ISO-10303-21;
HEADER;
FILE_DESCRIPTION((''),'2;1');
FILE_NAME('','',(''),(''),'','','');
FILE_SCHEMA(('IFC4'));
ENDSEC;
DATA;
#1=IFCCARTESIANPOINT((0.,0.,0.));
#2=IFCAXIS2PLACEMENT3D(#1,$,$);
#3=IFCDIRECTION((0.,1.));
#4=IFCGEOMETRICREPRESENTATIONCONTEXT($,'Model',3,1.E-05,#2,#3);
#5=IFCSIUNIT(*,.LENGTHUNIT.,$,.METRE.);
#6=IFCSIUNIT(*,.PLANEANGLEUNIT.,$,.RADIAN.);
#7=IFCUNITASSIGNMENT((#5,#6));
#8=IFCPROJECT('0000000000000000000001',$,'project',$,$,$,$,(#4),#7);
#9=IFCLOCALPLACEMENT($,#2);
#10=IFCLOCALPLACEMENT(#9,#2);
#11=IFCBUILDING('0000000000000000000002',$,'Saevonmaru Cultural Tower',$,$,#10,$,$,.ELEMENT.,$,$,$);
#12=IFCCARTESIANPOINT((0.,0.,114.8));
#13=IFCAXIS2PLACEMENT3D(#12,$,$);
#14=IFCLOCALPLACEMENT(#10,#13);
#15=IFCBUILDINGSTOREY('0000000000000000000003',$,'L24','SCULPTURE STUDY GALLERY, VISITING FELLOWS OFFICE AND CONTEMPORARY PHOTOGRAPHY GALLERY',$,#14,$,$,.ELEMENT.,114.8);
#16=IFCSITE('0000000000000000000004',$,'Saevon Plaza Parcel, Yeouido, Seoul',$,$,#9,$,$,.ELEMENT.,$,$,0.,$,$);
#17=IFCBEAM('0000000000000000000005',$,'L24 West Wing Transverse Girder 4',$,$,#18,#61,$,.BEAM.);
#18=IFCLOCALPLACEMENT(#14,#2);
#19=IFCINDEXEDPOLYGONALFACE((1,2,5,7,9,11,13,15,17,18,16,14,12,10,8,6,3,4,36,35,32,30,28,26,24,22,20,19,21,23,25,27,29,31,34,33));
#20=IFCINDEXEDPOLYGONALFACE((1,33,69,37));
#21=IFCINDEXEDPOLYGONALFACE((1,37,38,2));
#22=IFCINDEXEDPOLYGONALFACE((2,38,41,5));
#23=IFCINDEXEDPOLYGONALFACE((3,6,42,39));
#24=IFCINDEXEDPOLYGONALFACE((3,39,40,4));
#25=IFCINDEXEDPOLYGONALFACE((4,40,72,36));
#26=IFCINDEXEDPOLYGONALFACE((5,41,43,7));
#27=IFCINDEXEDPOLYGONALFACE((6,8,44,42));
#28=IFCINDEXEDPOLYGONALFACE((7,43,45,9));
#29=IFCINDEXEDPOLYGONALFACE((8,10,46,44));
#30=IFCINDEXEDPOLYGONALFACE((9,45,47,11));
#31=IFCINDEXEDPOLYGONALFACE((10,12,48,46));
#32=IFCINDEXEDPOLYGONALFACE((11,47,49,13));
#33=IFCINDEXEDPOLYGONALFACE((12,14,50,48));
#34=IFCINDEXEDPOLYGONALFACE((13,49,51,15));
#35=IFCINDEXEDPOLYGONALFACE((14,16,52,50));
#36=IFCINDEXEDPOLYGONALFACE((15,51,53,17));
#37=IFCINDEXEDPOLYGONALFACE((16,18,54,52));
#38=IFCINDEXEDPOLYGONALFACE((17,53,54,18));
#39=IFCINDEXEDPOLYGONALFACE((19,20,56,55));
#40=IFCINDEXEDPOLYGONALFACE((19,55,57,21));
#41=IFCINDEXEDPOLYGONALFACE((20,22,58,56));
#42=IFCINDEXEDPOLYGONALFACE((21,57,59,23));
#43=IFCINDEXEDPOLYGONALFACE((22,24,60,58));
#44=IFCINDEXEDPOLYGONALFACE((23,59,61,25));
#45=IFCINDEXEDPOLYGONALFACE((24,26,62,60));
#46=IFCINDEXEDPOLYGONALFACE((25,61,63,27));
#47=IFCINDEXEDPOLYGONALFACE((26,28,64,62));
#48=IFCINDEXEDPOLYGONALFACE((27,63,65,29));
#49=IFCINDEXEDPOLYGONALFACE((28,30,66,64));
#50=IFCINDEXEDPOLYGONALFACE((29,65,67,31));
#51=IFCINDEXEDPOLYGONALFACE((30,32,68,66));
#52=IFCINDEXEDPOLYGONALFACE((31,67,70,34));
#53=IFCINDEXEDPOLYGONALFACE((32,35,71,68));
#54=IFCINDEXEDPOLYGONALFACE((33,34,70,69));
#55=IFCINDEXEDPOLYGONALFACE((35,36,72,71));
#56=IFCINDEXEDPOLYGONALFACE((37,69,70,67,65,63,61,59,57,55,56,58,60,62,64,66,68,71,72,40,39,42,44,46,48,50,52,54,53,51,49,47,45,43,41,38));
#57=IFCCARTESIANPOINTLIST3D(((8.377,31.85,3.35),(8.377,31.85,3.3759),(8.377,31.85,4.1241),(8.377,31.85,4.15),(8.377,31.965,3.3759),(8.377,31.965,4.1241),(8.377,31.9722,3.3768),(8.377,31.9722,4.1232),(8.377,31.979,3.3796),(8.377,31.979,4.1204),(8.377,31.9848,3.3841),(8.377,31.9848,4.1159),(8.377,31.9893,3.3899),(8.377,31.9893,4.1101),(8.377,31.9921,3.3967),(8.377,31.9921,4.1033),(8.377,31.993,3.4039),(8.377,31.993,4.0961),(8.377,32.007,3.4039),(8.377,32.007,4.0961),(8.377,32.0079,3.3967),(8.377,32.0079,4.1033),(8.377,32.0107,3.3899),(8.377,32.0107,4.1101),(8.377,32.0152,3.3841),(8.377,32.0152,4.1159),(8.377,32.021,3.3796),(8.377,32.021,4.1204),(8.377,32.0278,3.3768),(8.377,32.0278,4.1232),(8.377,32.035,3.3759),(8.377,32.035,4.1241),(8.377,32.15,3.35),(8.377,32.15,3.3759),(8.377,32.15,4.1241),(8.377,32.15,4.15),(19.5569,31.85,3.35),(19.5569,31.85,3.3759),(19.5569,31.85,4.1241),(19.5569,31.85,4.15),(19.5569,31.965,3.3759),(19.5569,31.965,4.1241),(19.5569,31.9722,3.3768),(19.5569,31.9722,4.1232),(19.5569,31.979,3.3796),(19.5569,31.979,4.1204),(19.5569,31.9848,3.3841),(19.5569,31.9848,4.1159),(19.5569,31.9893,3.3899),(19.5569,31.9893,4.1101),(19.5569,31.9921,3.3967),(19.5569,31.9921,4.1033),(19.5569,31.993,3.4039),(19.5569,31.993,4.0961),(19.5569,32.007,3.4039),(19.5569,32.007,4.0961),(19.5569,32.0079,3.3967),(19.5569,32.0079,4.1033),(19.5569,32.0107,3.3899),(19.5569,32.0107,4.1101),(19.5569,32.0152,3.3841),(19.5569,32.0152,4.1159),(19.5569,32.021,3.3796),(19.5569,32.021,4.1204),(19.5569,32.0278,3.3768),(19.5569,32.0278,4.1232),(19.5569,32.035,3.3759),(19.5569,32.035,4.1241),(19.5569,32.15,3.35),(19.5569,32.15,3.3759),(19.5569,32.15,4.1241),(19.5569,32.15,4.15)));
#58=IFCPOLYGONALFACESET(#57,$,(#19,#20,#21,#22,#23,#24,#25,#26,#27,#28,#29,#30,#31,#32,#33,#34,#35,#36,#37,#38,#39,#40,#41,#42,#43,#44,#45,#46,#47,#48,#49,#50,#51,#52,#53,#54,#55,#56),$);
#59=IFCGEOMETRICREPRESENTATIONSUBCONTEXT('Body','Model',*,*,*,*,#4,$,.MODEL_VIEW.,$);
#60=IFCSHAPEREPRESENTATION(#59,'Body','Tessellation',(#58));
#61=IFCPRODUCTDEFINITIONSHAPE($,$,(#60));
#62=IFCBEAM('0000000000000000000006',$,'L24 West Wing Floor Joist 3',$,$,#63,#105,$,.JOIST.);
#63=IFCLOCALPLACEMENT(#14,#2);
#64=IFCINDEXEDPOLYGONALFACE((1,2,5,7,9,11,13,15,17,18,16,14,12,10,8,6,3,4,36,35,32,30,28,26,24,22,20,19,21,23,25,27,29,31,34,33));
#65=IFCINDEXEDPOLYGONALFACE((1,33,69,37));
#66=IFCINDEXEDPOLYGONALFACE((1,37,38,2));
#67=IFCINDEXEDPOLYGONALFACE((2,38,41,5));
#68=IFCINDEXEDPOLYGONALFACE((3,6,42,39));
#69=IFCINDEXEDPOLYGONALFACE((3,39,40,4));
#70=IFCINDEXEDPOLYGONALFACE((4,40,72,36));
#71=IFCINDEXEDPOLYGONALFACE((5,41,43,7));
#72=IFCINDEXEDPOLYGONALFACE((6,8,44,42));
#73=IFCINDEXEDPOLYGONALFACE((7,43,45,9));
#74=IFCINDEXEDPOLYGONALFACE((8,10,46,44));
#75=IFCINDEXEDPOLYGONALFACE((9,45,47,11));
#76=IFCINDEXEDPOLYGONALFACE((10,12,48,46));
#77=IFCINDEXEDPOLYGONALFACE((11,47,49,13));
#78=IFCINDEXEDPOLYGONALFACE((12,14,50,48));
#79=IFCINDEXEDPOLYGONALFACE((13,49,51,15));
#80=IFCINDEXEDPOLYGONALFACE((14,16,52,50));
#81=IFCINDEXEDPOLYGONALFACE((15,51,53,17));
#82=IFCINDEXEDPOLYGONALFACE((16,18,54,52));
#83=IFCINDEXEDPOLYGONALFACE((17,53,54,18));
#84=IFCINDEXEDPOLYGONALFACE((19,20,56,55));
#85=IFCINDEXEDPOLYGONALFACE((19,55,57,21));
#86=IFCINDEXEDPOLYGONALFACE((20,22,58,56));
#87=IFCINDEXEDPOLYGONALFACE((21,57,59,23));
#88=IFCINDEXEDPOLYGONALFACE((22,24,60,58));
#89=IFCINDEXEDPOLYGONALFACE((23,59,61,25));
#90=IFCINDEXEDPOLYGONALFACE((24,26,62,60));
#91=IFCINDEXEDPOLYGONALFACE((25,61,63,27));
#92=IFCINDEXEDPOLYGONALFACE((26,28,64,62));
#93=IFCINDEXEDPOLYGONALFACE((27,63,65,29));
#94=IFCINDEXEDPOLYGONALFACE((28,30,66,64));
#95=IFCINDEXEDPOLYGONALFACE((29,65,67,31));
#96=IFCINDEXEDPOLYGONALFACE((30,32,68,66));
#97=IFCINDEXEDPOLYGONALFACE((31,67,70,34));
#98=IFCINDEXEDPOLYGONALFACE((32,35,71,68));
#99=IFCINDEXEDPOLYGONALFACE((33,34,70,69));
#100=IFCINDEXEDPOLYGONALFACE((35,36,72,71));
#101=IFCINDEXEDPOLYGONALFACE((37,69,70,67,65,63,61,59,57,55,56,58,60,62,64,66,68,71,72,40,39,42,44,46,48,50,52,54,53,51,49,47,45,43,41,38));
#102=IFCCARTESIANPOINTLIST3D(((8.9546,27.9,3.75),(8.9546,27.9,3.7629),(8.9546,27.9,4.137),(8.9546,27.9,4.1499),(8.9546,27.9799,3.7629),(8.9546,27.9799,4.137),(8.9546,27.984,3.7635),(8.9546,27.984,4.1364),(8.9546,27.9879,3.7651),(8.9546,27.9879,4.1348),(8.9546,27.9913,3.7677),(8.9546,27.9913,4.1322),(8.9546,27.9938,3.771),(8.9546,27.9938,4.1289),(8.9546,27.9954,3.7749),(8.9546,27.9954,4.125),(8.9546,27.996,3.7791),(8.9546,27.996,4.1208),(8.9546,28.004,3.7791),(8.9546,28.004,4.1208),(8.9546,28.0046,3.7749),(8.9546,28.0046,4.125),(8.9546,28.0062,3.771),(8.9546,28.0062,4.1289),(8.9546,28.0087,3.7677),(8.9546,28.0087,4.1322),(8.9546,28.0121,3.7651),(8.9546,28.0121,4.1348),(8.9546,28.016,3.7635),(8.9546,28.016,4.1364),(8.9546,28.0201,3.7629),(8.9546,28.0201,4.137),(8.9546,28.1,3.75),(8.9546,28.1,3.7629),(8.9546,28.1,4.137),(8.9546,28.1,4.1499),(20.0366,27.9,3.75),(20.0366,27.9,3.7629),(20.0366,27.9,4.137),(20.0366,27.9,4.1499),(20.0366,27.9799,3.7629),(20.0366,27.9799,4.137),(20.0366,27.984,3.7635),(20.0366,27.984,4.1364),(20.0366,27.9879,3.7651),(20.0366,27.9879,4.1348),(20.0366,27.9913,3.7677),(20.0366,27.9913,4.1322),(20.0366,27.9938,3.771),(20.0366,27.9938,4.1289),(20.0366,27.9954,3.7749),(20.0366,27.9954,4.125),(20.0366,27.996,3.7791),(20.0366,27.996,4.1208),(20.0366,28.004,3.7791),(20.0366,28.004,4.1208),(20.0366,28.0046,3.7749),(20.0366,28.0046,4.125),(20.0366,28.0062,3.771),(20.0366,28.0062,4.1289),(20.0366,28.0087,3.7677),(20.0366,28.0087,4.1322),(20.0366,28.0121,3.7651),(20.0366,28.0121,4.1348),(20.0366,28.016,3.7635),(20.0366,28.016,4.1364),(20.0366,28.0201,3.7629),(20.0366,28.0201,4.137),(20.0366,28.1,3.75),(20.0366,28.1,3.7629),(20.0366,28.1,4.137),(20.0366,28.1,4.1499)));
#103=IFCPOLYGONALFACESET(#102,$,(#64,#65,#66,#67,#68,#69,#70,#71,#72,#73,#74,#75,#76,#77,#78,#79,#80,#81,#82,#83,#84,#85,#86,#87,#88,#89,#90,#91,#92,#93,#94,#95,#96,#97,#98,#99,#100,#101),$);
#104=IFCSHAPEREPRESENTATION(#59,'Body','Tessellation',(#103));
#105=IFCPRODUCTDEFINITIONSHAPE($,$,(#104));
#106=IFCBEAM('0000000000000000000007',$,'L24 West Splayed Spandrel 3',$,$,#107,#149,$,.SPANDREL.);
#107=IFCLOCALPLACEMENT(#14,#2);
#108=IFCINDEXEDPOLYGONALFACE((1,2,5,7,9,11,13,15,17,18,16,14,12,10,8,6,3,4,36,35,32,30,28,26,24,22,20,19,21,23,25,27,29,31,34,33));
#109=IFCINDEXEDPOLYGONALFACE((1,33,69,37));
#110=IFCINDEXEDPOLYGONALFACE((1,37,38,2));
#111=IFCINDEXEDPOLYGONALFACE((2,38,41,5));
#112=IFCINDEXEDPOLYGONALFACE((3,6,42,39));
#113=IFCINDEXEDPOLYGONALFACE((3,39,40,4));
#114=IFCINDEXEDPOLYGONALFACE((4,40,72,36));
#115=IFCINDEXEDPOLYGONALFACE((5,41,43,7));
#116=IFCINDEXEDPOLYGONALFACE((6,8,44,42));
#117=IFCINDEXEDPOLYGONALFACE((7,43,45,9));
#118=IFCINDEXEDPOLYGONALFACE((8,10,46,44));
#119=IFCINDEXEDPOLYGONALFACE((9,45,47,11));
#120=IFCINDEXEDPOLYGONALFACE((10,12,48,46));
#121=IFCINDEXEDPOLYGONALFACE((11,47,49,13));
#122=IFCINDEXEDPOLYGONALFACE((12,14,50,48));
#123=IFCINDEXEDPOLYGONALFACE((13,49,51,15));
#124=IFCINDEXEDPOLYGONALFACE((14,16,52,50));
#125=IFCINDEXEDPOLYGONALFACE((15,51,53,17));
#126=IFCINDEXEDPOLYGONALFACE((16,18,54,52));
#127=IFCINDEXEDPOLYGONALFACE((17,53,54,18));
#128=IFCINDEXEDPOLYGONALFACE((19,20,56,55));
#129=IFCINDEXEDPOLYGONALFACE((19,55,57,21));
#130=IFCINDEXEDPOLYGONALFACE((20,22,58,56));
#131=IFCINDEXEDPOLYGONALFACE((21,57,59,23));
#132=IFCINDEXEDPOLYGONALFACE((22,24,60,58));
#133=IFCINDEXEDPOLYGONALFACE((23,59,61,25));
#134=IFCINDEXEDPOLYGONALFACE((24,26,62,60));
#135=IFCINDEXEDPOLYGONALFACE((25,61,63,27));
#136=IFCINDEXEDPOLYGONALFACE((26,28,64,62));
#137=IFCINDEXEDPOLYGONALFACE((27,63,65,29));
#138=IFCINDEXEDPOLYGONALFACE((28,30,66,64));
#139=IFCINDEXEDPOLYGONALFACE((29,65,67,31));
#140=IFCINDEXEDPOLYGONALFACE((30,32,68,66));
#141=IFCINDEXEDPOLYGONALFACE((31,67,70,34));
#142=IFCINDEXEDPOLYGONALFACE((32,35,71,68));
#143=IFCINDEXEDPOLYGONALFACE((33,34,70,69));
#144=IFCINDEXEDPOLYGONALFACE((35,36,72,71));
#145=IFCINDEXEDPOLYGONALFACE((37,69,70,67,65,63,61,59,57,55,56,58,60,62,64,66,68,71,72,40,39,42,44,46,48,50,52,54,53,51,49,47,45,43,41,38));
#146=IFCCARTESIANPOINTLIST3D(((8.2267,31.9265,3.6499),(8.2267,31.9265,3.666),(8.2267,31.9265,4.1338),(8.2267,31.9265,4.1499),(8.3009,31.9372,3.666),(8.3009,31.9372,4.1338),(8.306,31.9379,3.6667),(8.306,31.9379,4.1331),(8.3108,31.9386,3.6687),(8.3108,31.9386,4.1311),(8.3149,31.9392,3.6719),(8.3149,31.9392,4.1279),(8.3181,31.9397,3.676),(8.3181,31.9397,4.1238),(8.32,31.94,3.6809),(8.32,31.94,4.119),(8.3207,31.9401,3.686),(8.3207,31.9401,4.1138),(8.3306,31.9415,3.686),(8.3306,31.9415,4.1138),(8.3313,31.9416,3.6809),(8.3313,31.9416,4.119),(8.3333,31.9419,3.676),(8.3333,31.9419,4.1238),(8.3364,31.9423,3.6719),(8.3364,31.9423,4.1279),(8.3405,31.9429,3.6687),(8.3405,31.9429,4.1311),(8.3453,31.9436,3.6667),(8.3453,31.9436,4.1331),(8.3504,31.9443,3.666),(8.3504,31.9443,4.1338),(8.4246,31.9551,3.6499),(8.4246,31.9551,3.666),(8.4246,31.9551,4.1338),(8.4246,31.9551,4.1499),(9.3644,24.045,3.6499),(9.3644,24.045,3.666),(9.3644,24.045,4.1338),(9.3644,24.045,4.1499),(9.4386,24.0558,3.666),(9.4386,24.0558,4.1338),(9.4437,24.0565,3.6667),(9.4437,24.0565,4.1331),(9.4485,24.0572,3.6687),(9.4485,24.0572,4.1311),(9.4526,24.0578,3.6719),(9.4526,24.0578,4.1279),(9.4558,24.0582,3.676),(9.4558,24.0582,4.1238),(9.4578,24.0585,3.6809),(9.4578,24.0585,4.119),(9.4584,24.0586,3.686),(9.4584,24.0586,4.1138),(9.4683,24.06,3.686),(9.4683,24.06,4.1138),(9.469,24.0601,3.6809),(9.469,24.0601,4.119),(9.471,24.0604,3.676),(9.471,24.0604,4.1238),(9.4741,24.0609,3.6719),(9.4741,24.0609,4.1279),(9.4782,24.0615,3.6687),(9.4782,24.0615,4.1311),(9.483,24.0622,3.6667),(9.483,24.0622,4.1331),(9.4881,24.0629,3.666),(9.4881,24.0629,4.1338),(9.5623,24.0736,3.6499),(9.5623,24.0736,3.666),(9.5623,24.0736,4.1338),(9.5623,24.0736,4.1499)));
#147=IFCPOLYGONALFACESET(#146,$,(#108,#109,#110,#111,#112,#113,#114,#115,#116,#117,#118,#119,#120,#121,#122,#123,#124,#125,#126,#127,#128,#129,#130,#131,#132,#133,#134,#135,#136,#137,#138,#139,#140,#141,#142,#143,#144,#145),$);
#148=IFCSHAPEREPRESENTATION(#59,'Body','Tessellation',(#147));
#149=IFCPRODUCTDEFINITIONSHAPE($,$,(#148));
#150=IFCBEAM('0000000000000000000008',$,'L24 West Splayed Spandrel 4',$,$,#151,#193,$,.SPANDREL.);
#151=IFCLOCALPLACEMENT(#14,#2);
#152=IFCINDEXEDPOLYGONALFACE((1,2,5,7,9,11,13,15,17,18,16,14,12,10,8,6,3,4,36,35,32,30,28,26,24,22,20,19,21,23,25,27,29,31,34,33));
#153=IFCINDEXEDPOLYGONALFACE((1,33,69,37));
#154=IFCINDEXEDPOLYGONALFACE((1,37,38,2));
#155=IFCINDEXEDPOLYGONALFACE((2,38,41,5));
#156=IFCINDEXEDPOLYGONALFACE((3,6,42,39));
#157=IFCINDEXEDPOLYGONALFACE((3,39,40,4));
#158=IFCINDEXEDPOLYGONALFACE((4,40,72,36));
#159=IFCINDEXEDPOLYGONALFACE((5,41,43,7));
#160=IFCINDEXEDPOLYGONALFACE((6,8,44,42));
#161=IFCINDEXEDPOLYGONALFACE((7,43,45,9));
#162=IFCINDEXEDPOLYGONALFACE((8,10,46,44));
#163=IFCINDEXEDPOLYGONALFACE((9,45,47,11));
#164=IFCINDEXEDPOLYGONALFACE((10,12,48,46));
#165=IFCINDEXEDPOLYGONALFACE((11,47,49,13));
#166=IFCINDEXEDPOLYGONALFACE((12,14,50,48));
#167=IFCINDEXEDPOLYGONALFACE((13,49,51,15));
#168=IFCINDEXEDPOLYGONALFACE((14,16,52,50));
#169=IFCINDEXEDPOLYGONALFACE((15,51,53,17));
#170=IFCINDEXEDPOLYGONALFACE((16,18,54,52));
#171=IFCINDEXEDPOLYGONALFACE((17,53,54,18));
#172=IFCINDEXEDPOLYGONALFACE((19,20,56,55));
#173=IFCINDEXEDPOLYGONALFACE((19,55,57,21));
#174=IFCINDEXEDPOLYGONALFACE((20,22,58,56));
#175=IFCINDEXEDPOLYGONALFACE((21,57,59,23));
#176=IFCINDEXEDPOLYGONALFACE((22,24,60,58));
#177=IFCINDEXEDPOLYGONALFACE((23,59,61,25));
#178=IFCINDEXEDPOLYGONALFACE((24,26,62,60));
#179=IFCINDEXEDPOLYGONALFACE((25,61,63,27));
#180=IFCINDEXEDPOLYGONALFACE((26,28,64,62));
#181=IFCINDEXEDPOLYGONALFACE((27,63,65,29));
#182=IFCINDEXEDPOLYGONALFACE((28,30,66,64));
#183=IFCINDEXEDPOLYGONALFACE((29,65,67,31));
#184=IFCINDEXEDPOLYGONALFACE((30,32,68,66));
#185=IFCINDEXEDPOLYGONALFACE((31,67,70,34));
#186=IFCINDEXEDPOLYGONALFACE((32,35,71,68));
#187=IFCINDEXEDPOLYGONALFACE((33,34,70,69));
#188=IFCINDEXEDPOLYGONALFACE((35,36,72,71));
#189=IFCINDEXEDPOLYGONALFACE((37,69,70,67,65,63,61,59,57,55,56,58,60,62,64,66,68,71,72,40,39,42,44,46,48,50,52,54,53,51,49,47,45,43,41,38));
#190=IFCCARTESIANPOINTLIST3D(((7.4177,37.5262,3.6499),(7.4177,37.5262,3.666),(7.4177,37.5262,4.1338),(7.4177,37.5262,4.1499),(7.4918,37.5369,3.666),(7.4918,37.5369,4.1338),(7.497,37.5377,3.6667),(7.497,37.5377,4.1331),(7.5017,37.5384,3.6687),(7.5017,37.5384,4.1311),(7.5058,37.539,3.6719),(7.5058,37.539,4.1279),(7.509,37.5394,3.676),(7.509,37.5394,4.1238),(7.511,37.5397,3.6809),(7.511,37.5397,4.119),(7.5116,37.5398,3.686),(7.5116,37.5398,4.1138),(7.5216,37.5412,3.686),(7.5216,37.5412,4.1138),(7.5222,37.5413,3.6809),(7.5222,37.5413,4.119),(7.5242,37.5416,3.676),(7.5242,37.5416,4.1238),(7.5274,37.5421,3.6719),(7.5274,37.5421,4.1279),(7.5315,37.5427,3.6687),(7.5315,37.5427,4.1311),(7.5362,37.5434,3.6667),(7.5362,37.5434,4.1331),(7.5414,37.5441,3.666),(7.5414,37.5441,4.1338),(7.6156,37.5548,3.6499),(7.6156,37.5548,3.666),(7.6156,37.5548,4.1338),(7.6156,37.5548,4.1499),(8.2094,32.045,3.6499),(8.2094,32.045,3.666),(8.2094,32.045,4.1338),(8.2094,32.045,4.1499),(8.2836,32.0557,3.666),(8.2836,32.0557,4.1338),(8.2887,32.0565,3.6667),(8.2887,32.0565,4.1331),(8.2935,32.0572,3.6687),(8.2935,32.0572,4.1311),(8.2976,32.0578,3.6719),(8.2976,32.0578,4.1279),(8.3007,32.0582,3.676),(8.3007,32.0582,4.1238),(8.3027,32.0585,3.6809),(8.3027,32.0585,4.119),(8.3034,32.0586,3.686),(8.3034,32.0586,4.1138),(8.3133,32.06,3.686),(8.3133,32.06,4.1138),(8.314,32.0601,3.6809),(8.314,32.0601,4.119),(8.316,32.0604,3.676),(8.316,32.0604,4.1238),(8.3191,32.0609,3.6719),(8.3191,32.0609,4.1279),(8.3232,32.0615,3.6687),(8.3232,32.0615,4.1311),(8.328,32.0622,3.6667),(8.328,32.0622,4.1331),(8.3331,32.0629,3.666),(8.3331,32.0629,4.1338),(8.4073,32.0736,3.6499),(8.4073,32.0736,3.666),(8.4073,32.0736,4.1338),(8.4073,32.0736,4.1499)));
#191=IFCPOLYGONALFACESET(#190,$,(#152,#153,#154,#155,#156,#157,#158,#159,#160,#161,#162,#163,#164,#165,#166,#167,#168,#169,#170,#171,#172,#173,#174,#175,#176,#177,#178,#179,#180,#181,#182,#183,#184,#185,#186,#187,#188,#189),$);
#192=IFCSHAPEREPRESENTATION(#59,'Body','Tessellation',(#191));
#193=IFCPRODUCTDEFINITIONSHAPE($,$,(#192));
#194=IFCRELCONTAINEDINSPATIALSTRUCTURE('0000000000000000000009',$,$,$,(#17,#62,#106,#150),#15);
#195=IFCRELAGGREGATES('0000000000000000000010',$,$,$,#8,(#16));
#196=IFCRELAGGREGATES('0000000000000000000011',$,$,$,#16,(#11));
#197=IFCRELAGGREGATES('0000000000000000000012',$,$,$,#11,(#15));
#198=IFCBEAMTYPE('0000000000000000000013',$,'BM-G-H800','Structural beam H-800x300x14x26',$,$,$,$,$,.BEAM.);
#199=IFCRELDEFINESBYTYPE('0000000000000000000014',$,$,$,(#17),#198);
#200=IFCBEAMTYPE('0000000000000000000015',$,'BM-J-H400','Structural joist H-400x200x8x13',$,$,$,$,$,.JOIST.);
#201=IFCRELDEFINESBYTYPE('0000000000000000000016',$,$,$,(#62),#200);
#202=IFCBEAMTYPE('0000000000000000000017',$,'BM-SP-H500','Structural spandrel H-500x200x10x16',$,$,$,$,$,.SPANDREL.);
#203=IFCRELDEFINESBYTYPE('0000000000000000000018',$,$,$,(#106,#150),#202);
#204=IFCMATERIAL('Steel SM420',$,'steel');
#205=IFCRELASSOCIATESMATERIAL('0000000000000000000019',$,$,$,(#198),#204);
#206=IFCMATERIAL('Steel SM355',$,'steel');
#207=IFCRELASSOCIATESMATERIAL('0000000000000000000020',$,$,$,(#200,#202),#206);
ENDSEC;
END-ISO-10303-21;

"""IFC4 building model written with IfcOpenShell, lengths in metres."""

from ifc_helpers import new_model, si_unit, direction, frame, origin, origin_2d, place, context, subcontext, project, spatial, i_section, extrude, material, material_profile, profile_set, type_object, element, save


model = new_model("IFC4")

# Units and contexts
model_context = context("Model", 3, precision=1e-05, world=origin(), true_north=direction((0.0, 1.0)))
body_context = subcontext(model_context, "Body", "Model", "MODEL_VIEW")
ifc_project = project(units=[si_unit("LENGTHUNIT", "METRE"), si_unit("PLANEANGLEUNIT", "RADIAN")], contexts=[model_context])

# Site, building, storey
site_placement = place(None, origin())
site = spatial("IfcSite", under=ifc_project, at=site_placement, Name="Saevon Plaza Parcel, Yeouido, Seoul", CompositionType="ELEMENT", RefElevation=0.0)
building_placement = place(site_placement, origin())
building = spatial("IfcBuilding", under=site, at=building_placement, Name="Saevonmaru Cultural Tower", CompositionType="ELEMENT")
storey_placement = place(building_placement, frame((0.0, 0.0, 114.8)))
storey = spatial("IfcBuildingStorey", under=building, at=storey_placement, Name="L24", Description="SCULPTURE STUDY GALLERY, VISITING FELLOWS OFFICE AND CONTEMPORARY PHOTOGRAPHY GALLERY", CompositionType="ELEMENT", Elevation=114.8)

# Shared definitions
ifc_material_1 = material(Name="Steel SM420", Category="steel")
ifc_material_2 = material(Name="Steel SM355", Category="steel")

# Beams
ifc_material_profile_1 = material_profile(ifc_material_1, i_section(OverallWidth=0.3, OverallDepth=0.8, WebThickness=0.0139, FlangeThickness=0.0259, FilletRadius=0.0281, at=origin_2d()), Name="H-800x300x14x26")
ifc_profile_set_1 = profile_set([ifc_material_profile_1], Name="Steel SM420")
beam_type_1 = type_object("IfcBeamType", Name="BM-G-H800", Description="Structural beam H-800x300x14x26", PredefinedType="BEAM", material=ifc_profile_set_1)
for number, where, z_axis, x_axis, name in (
    (1, (8.377, 32.0, 3.75), (1.0, 0.0, 0.0), (0.0, 1.0, 0.0), "L24 West Wing Transverse Girder 4"),
):
    element("IfcBeam", number, at=place(storey_placement, frame(where, z_axis=z_axis, x_axis=x_axis)), inside=storey, type_object=beam_type_1, Name=name, PredefinedType="BEAM", context=body_context, shape_type="SweptSolid", body=[
        extrude(i_section(OverallWidth=0.3, OverallDepth=0.8, WebThickness=0.0139, FlangeThickness=0.0259, FilletRadius=0.0281, at=origin_2d()), origin(), (0.0, 0.0, 1.0), 11.1799),
    ])
ifc_material_profile_2 = material_profile(ifc_material_2, i_section(OverallWidth=0.2, OverallDepth=0.3999, WebThickness=0.0081, FlangeThickness=0.0129, FilletRadius=0.0161, at=origin_2d()), Name="H-400x200x8x13")
ifc_profile_set_2 = profile_set([ifc_material_profile_2], Name="Steel SM355")
beam_type_2 = type_object("IfcBeamType", Name="BM-J-H400", Description="Structural joist H-400x200x8x13", PredefinedType="JOIST", material=ifc_profile_set_2)
beam_1_placement = place(storey_placement, frame((8.9546, 28.0, 3.95), z_axis=(1.0, 0.0, 0.0), x_axis=(0.0, 1.0, 0.0)))
element("IfcBeam", 2, at=beam_1_placement, inside=storey, type_object=beam_type_2, Name="L24 West Wing Floor Joist 3", PredefinedType="JOIST", context=body_context, shape_type="SweptSolid", body=[
    extrude(i_section(OverallWidth=0.2, OverallDepth=0.3999, WebThickness=0.0081, FlangeThickness=0.0129, FilletRadius=0.0161, at=origin_2d()), origin(), (0.0, 0.0, 1.0), 11.082),
])
ifc_material_profile_3 = material_profile(ifc_material_2, i_section(OverallWidth=0.2, OverallDepth=0.5, WebThickness=0.01, FlangeThickness=0.0161, FilletRadius=0.02, at=origin_2d()), Name="H-500x200x10x16")
ifc_profile_set_3 = profile_set([ifc_material_profile_3], Name="Steel SM355")
beam_type_3 = type_object("IfcBeamType", Name="BM-SP-H500", Description="Structural spandrel H-500x200x10x16", PredefinedType="SPANDREL", material=ifc_profile_set_3)
beam_2_placement = place(storey_placement, frame((9.4634, 24.0593, 3.8999), z_axis=(-0.142872, 0.989741, 0.0), x_axis=(-0.989741, -0.142872, 0.0)))
element("IfcBeam", 3, at=beam_2_placement, inside=storey, type_object=beam_type_3, Name="L24 West Splayed Spandrel 3", PredefinedType="SPANDREL", context=body_context, shape_type="SweptSolid", body=[
    extrude(i_section(OverallWidth=0.2, OverallDepth=0.5, WebThickness=0.01, FlangeThickness=0.0161, FilletRadius=0.02, at=origin_2d()), origin(), (0.0, 0.0, 1.0), 7.9631),
])
beam_3_placement = place(storey_placement, frame((8.3083, 32.0593, 3.8999), z_axis=(-0.142964, 0.989728, 0.0), x_axis=(-0.989728, -0.142964, 0.0)))
element("IfcBeam", 4, at=beam_3_placement, inside=storey, type_object=beam_type_3, Name="L24 West Splayed Spandrel 4", PredefinedType="SPANDREL", context=body_context, shape_type="SweptSolid", body=[
    extrude(i_section(OverallWidth=0.2, OverallDepth=0.5, WebThickness=0.01, FlangeThickness=0.0161, FilletRadius=0.02, at=origin_2d()), origin(), (0.0, 0.0, 1.0), 5.5381),
])

save(model, "model.ifc")
